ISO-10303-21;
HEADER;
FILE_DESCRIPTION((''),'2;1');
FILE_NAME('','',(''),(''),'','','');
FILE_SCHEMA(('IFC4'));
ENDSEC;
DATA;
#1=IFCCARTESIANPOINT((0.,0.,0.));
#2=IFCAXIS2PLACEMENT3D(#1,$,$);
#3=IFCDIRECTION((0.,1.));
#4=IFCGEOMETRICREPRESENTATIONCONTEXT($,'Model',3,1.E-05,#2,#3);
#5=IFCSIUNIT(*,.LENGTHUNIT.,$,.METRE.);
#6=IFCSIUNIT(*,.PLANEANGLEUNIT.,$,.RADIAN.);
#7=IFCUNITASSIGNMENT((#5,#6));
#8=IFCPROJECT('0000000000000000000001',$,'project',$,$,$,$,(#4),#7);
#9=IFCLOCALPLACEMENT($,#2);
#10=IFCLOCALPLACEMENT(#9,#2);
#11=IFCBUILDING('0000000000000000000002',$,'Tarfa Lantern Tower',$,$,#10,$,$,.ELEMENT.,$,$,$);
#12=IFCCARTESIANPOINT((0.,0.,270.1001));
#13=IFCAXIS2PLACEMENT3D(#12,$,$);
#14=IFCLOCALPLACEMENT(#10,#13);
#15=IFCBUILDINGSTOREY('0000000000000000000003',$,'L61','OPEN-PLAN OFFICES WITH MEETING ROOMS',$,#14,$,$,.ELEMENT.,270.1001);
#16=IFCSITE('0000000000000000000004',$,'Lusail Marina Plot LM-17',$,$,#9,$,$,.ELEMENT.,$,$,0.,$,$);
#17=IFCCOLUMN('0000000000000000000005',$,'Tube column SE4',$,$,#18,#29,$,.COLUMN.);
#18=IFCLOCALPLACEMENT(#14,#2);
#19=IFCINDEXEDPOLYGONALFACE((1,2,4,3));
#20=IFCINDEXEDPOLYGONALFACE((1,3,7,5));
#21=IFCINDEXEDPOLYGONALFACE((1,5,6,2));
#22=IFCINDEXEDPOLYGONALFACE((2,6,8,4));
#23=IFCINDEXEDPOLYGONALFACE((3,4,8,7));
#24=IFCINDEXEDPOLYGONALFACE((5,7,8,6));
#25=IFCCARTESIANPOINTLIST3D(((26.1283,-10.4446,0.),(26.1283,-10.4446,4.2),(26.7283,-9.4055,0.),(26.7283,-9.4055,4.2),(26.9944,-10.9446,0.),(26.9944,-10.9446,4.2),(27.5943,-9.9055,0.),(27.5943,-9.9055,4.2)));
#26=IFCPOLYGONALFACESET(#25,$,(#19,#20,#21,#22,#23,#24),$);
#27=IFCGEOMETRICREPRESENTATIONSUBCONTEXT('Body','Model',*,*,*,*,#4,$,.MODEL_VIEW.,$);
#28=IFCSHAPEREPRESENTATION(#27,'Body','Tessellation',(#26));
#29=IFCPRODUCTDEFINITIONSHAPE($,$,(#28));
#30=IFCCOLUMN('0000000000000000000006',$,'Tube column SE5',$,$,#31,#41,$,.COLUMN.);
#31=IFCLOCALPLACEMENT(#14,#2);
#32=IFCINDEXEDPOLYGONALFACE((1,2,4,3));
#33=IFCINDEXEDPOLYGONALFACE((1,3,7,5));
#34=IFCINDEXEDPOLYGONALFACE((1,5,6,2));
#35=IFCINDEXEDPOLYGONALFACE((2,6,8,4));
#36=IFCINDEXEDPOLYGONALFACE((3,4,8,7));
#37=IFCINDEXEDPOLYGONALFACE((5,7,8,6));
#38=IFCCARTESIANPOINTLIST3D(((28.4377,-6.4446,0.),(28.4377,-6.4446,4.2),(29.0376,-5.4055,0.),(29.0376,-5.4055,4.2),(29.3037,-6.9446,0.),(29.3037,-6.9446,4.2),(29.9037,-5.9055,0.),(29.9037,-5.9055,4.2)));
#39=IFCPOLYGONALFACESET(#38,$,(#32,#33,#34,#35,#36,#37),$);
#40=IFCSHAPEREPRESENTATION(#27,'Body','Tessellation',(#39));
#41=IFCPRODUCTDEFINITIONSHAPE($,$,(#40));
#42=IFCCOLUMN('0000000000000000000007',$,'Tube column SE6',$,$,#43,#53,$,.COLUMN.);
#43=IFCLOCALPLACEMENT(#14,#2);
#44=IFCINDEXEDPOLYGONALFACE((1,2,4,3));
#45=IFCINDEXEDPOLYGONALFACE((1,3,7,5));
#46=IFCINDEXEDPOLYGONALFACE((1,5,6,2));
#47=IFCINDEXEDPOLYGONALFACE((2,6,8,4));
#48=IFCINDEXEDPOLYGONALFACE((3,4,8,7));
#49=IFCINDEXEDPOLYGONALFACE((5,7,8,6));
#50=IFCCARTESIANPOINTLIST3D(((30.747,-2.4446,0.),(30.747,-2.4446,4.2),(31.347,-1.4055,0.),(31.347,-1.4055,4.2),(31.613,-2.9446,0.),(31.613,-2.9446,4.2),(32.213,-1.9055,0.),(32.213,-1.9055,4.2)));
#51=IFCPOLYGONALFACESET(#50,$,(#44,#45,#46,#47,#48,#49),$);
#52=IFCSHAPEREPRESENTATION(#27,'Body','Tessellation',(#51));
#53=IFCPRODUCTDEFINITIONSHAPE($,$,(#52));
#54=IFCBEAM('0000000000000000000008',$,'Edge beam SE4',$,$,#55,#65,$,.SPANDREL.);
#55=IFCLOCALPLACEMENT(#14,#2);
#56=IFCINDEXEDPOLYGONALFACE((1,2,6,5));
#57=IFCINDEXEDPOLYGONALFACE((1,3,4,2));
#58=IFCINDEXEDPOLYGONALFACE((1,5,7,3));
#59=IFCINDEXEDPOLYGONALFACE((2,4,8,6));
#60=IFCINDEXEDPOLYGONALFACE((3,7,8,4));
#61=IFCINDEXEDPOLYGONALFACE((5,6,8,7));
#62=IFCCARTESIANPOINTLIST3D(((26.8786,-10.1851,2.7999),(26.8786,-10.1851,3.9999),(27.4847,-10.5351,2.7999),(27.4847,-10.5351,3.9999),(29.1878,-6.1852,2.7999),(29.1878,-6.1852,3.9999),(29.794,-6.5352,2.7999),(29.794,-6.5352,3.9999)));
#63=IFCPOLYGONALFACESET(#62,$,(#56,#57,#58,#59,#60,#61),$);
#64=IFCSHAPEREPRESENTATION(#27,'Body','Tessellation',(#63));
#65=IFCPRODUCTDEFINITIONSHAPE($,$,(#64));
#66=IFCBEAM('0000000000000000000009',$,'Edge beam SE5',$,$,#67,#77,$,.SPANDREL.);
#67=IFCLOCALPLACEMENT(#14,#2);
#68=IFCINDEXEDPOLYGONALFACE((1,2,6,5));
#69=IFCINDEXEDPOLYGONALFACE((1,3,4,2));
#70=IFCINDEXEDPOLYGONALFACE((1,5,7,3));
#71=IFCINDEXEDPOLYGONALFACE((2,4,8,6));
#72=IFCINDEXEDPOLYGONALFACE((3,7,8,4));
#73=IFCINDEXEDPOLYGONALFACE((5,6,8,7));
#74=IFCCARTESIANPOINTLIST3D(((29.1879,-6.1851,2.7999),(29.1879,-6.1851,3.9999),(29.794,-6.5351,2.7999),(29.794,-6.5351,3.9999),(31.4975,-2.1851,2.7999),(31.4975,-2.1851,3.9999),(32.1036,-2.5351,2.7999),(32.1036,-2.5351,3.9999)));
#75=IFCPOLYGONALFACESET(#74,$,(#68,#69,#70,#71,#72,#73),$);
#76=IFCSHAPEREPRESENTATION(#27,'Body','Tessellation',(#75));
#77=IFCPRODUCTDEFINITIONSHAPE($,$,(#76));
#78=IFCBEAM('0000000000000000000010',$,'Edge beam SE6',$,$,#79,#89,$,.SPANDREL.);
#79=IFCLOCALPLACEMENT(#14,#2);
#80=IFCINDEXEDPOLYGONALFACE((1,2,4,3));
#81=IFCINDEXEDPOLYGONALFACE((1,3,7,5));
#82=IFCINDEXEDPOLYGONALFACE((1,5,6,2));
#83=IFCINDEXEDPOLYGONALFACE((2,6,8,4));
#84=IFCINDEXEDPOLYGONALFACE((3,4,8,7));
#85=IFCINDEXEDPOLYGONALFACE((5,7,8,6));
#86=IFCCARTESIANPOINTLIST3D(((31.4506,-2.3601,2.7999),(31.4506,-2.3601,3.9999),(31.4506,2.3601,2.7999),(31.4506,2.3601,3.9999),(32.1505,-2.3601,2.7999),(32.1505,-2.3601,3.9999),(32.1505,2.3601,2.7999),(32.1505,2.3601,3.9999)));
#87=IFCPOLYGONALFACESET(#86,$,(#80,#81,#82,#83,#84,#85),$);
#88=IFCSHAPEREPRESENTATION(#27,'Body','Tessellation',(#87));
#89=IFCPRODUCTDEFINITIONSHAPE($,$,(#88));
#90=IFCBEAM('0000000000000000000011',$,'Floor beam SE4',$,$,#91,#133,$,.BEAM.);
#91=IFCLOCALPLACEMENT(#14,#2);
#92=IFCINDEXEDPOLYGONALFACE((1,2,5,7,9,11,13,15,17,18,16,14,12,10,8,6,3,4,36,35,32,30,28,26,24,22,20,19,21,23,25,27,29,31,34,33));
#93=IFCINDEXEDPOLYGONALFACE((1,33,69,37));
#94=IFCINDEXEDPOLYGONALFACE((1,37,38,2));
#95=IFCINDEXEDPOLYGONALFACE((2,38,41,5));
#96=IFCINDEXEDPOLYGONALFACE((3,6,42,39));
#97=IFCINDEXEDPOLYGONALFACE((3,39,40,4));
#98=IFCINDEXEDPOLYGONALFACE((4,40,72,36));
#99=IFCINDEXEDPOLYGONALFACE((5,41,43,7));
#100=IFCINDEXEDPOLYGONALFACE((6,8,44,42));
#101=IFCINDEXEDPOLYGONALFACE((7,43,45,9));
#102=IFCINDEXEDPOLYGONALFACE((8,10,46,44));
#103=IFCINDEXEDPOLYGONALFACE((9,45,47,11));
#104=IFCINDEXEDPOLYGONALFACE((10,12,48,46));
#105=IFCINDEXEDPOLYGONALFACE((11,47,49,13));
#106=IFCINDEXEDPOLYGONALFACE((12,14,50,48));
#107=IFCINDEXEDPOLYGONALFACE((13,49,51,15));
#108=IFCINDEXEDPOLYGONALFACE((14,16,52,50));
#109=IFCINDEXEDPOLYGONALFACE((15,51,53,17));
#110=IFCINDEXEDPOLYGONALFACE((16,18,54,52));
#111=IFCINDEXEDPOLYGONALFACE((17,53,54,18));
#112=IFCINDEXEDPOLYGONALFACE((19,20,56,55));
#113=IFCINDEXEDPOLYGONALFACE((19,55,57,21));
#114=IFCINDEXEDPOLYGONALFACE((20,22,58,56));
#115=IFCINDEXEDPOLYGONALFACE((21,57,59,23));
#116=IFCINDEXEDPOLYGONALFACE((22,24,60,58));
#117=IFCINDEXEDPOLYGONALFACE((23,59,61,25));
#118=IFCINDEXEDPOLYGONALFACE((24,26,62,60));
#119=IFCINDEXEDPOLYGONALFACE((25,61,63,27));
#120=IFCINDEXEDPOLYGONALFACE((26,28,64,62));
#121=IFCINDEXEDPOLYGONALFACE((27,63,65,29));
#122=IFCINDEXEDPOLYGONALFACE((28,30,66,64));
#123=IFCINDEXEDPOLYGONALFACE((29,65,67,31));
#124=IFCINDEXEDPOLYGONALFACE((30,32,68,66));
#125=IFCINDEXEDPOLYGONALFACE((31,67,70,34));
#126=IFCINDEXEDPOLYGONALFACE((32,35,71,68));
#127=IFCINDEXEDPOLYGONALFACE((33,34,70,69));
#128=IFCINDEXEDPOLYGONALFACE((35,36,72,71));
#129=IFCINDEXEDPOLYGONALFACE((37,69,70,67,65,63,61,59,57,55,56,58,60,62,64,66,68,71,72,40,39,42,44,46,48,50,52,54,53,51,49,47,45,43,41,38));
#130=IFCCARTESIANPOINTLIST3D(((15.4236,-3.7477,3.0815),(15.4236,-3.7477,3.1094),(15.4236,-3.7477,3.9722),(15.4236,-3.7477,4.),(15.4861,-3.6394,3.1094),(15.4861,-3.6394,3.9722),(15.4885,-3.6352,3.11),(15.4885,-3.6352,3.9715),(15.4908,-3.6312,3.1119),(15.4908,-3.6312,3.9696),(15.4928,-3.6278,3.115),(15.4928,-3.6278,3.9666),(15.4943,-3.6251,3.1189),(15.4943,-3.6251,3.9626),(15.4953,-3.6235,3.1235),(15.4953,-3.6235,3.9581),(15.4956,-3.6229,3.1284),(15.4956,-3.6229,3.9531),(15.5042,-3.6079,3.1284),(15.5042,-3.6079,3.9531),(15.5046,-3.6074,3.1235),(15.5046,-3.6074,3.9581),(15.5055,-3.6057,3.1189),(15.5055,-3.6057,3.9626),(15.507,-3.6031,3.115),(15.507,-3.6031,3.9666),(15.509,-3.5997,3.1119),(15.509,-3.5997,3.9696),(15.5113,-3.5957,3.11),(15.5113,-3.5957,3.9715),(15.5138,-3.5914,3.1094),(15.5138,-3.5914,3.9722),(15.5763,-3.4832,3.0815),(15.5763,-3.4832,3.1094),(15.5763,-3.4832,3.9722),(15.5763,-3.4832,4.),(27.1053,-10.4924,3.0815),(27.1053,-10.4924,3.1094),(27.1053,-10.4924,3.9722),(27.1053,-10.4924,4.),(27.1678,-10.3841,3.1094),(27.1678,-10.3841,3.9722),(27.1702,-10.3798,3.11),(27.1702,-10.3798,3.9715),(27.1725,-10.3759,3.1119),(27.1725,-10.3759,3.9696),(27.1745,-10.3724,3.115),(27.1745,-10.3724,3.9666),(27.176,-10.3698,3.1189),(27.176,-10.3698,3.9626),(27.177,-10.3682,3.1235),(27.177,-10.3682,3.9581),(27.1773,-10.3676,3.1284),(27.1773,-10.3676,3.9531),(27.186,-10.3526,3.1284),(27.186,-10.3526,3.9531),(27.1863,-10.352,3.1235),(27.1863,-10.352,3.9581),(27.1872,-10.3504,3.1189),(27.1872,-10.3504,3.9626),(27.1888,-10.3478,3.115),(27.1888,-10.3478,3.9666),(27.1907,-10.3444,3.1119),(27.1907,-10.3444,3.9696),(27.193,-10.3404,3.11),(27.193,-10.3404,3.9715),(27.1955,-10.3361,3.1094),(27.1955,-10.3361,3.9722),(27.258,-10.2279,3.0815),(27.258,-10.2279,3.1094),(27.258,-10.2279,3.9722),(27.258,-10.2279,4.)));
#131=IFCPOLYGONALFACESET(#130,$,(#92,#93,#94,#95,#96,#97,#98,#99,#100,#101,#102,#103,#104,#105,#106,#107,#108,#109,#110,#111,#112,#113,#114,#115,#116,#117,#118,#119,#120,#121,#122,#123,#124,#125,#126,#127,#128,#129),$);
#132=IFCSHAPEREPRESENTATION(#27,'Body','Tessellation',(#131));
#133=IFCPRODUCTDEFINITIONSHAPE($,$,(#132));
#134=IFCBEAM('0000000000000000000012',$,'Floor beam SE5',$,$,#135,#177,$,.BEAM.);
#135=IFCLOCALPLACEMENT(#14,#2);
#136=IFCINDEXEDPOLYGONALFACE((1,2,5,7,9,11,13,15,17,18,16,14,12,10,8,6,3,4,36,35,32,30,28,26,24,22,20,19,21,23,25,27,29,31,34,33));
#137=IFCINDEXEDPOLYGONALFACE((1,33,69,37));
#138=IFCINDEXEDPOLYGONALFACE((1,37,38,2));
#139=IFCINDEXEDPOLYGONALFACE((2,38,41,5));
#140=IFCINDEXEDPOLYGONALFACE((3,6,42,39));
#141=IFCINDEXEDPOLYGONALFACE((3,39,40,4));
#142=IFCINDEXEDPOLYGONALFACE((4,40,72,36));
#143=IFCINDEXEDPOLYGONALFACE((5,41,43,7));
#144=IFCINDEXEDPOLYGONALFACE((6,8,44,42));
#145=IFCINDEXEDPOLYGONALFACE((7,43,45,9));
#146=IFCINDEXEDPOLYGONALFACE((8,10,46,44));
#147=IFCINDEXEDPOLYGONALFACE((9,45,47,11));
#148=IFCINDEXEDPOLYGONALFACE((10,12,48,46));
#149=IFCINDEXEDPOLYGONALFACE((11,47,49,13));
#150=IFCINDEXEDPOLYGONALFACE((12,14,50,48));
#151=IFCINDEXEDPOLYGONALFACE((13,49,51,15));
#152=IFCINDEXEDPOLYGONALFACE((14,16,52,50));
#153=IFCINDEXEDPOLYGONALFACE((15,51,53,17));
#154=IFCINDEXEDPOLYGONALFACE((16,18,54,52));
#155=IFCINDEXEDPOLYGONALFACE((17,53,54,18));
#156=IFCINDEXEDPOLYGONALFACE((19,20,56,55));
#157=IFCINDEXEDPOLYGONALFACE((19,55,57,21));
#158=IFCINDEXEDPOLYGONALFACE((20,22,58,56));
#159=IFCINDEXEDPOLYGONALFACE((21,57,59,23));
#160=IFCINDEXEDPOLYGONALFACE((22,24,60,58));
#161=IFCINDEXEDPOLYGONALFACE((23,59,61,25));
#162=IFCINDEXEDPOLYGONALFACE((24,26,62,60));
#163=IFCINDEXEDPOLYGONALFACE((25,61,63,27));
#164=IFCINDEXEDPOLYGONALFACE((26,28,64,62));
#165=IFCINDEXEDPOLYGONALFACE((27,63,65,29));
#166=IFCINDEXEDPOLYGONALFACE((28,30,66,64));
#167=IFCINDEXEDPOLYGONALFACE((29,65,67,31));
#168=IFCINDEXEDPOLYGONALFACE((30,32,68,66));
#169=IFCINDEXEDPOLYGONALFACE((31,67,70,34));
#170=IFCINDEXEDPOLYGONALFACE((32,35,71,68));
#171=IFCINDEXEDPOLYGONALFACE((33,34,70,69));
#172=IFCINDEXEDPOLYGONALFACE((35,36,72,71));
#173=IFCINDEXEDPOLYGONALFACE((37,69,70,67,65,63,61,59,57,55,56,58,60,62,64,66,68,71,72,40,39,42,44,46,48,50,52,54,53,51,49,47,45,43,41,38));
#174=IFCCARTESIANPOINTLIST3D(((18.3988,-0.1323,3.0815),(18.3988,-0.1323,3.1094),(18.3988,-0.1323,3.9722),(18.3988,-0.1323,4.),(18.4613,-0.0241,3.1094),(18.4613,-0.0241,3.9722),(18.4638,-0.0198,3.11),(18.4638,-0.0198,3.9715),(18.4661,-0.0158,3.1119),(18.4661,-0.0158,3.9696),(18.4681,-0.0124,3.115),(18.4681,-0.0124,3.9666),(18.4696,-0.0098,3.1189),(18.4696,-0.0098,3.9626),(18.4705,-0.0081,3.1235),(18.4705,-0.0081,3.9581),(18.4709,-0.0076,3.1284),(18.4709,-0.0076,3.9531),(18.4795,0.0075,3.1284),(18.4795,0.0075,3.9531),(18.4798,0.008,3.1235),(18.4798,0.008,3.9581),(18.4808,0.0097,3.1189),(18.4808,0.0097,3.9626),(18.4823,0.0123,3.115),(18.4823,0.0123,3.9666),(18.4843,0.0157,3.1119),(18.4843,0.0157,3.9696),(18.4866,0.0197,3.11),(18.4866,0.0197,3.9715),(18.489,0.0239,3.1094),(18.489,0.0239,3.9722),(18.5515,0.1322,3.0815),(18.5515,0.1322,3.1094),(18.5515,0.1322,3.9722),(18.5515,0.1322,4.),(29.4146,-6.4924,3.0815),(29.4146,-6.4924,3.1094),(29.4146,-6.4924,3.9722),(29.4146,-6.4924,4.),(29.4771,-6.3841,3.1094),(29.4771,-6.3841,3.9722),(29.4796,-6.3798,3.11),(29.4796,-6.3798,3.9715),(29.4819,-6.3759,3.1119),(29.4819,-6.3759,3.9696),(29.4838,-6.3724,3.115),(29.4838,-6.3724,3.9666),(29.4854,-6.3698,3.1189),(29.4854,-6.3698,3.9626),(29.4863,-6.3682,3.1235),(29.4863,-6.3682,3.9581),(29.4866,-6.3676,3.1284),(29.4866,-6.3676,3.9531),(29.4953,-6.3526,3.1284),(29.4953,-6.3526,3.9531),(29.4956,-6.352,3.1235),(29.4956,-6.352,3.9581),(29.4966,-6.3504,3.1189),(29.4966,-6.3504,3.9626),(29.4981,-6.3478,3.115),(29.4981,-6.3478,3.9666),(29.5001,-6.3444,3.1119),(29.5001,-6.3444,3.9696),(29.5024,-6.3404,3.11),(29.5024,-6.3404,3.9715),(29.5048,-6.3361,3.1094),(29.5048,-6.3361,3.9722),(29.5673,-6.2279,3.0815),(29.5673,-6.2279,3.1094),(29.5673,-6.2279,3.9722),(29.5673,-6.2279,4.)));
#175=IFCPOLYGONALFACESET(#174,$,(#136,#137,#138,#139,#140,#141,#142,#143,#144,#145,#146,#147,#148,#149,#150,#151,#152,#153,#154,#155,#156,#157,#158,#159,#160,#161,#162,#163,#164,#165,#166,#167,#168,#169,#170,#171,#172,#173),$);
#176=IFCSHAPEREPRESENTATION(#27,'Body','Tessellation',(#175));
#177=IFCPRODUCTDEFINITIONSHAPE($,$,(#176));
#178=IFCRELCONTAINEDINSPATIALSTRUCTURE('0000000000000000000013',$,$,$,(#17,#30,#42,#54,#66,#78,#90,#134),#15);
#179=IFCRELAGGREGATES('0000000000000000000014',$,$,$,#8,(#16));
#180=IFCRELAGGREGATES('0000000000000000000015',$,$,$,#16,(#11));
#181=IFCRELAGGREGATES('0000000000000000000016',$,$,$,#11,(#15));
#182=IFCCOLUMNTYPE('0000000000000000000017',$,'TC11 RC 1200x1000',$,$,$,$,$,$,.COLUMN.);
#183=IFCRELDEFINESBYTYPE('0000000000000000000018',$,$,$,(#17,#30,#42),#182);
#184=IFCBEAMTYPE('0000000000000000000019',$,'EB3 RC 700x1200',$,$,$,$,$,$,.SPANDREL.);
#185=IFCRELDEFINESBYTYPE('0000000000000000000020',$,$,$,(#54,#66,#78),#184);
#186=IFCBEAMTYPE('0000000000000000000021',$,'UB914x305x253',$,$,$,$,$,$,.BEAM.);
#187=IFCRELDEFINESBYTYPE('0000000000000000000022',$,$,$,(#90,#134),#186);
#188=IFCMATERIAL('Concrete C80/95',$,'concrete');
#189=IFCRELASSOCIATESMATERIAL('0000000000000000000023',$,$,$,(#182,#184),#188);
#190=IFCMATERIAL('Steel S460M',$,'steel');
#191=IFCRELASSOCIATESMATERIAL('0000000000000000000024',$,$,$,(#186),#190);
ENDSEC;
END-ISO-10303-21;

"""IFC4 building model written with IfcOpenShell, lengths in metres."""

from ifc_helpers import new_model, si_unit, direction, frame, origin, origin_2d, place, context, subcontext, project, spatial, rectangle, i_section, extrude, material, material_profile, profile_set, type_object, element, save


model = new_model("IFC4")

# Units and contexts
model_context = context("Model", 3, precision=1e-05, world=origin(), true_north=direction((0.0, 1.0)))
body_context = subcontext(model_context, "Body", "Model", "MODEL_VIEW")
ifc_project = project(units=[si_unit("LENGTHUNIT", "METRE"), si_unit("PLANEANGLEUNIT", "RADIAN")], contexts=[model_context])

# Site, building, storey
site_placement = place(None, origin())
site = spatial("IfcSite", under=ifc_project, at=site_placement, Name="Lusail Marina Plot LM-17", CompositionType="ELEMENT", RefElevation=0.0)
building_placement = place(site_placement, origin())
building = spatial("IfcBuilding", under=site, at=building_placement, Name="Tarfa Lantern Tower", CompositionType="ELEMENT")
storey_placement = place(building_placement, frame((0.0, 0.0, 270.1001)))
storey = spatial("IfcBuildingStorey", under=building, at=storey_placement, Name="L61", Description="OPEN-PLAN OFFICES WITH MEETING ROOMS", CompositionType="ELEMENT", Elevation=270.1001)

# Columns
ifc_material_1 = material(Name="Concrete C80/95", Category="concrete")
ifc_material_profile_1 = material_profile(ifc_material_1, rectangle(XDim=1.2, YDim=1.0, at=origin_2d()), Name="RC 1200x1000")
ifc_profile_set_1 = profile_set([ifc_material_profile_1], Name="Concrete C80/95")
column_type = type_object("IfcColumnType", Name="TC11 RC 1200x1000", PredefinedType="COLUMN", material=ifc_profile_set_1)
for number, where, z_axis, x_axis, name in (
    (1, (26.8613, -10.175, 0.0), (0.0, 0.0, 1.0), (0.5, 0.866025, 0.0), "Tube column SE4"),
    (2, (29.1707, -6.175, 0.0), (0.0, 0.0, 1.0), (0.5, 0.866025, 0.0), "Tube column SE5"),
    (3, (31.48, -2.175, 0.0), (0.0, 0.0, 1.0), (0.5, 0.866025, 0.0), "Tube column SE6"),
):
    element("IfcColumn", number, at=place(storey_placement, frame(where, z_axis=z_axis, x_axis=x_axis)), inside=storey, type_object=column_type, Name=name, PredefinedType="COLUMN", context=body_context, shape_type="SweptSolid", body=[
        extrude(rectangle(XDim=1.2, YDim=1.0, at=origin_2d()), origin(), (0.0, 0.0, 1.0), 4.2),
    ])

# Beams
ifc_material_profile_2 = material_profile(ifc_material_1, rectangle(XDim=0.7, YDim=1.2, at=origin_2d()), Name="RC 700x1200")
ifc_profile_set_2 = profile_set([ifc_material_profile_2], Name="Concrete C80/95")
beam_type_1 = type_object("IfcBeamType", Name="EB3 RC 700x1200", PredefinedType="SPANDREL", material=ifc_profile_set_2)
beam_1_placement = place(storey_placement, frame((27.1816, -10.3601, 3.3999), z_axis=(0.499988, 0.866032, 0.0), x_axis=(-0.866032, 0.499988, 0.0)))
element("IfcBeam", 4, at=beam_1_placement, inside=storey, type_object=beam_type_1, Name="Edge beam SE4", PredefinedType="SPANDREL", context=body_context, shape_type="SweptSolid", body=[
    extrude(rectangle(XDim=0.7, YDim=1.2, at=origin_2d()), origin(), (0.0, 0.0, 1.0), 4.6187),
])
beam_2_placement = place(storey_placement, frame((29.491, -6.3601, 3.3999), z_axis=(0.500027, 0.86601, 0.0), x_axis=(-0.86601, 0.500027, 0.0)))
element("IfcBeam", 5, at=beam_2_placement, inside=storey, type_object=beam_type_1, Name="Edge beam SE5", PredefinedType="SPANDREL", context=body_context, shape_type="SweptSolid", body=[
    extrude(rectangle(XDim=0.7, YDim=1.2, at=origin_2d()), origin(), (0.0, 0.0, 1.0), 4.6189),
])
beam_3_placement = place(storey_placement, frame((31.8005, -2.3601, 3.3999), z_axis=(0.0, 1.0, 0.0), x_axis=(-1.0, 0.0, 0.0)))
element("IfcBeam", 6, at=beam_3_placement, inside=storey, type_object=beam_type_1, Name="Edge beam SE6", PredefinedType="SPANDREL", context=body_context, shape_type="SweptSolid", body=[
    extrude(rectangle(XDim=0.7, YDim=1.2, at=origin_2d()), origin(), (0.0, 0.0, 1.0), 4.7202),
])
ifc_material_2 = material(Name="Steel S460M", Category="steel")
ifc_material_profile_3 = material_profile(ifc_material_2, i_section(OverallWidth=0.3054, OverallDepth=0.9185, WebThickness=0.0173, FlangeThickness=0.0278, FilletRadius=0.019, at=origin_2d()), Name="UB914x305x253")
ifc_profile_set_3 = profile_set([ifc_material_profile_3], Name="Steel S460M")
beam_type_2 = type_object("IfcBeamType", Name="UB914x305x253", PredefinedType="BEAM", material=ifc_profile_set_3)
beam_4_placement = place(storey_placement, frame((27.1816, -10.3601, 3.5408), z_axis=(-0.866018, 0.500013, 0.0), x_axis=(-0.500013, -0.866018, 0.0)))
element("IfcBeam", 7, at=beam_4_placement, inside=storey, type_object=beam_type_2, Name="Floor beam SE4", PredefinedType="BEAM", context=body_context, shape_type="SweptSolid", body=[
    extrude(i_section(OverallWidth=0.3054, OverallDepth=0.9185, WebThickness=0.0173, FlangeThickness=0.0278, FilletRadius=0.019, at=origin_2d()), origin(), (0.0, 0.0, 1.0), 13.489),
])
beam_5_placement = place(storey_placement, frame((29.491, -6.3601, 3.5408), z_axis=(-0.866022, 0.500005, 0.0), x_axis=(-0.500005, -0.866022, 0.0)))
element("IfcBeam", 8, at=beam_5_placement, inside=storey, type_object=beam_type_2, Name="Floor beam SE5", PredefinedType="BEAM", context=body_context, shape_type="SweptSolid", body=[
    extrude(i_section(OverallWidth=0.3054, OverallDepth=0.9185, WebThickness=0.0173, FlangeThickness=0.0278, FilletRadius=0.019, at=origin_2d()), origin(), (0.0, 0.0, 1.0), 12.72),
])

save(model, "model.ifc")
